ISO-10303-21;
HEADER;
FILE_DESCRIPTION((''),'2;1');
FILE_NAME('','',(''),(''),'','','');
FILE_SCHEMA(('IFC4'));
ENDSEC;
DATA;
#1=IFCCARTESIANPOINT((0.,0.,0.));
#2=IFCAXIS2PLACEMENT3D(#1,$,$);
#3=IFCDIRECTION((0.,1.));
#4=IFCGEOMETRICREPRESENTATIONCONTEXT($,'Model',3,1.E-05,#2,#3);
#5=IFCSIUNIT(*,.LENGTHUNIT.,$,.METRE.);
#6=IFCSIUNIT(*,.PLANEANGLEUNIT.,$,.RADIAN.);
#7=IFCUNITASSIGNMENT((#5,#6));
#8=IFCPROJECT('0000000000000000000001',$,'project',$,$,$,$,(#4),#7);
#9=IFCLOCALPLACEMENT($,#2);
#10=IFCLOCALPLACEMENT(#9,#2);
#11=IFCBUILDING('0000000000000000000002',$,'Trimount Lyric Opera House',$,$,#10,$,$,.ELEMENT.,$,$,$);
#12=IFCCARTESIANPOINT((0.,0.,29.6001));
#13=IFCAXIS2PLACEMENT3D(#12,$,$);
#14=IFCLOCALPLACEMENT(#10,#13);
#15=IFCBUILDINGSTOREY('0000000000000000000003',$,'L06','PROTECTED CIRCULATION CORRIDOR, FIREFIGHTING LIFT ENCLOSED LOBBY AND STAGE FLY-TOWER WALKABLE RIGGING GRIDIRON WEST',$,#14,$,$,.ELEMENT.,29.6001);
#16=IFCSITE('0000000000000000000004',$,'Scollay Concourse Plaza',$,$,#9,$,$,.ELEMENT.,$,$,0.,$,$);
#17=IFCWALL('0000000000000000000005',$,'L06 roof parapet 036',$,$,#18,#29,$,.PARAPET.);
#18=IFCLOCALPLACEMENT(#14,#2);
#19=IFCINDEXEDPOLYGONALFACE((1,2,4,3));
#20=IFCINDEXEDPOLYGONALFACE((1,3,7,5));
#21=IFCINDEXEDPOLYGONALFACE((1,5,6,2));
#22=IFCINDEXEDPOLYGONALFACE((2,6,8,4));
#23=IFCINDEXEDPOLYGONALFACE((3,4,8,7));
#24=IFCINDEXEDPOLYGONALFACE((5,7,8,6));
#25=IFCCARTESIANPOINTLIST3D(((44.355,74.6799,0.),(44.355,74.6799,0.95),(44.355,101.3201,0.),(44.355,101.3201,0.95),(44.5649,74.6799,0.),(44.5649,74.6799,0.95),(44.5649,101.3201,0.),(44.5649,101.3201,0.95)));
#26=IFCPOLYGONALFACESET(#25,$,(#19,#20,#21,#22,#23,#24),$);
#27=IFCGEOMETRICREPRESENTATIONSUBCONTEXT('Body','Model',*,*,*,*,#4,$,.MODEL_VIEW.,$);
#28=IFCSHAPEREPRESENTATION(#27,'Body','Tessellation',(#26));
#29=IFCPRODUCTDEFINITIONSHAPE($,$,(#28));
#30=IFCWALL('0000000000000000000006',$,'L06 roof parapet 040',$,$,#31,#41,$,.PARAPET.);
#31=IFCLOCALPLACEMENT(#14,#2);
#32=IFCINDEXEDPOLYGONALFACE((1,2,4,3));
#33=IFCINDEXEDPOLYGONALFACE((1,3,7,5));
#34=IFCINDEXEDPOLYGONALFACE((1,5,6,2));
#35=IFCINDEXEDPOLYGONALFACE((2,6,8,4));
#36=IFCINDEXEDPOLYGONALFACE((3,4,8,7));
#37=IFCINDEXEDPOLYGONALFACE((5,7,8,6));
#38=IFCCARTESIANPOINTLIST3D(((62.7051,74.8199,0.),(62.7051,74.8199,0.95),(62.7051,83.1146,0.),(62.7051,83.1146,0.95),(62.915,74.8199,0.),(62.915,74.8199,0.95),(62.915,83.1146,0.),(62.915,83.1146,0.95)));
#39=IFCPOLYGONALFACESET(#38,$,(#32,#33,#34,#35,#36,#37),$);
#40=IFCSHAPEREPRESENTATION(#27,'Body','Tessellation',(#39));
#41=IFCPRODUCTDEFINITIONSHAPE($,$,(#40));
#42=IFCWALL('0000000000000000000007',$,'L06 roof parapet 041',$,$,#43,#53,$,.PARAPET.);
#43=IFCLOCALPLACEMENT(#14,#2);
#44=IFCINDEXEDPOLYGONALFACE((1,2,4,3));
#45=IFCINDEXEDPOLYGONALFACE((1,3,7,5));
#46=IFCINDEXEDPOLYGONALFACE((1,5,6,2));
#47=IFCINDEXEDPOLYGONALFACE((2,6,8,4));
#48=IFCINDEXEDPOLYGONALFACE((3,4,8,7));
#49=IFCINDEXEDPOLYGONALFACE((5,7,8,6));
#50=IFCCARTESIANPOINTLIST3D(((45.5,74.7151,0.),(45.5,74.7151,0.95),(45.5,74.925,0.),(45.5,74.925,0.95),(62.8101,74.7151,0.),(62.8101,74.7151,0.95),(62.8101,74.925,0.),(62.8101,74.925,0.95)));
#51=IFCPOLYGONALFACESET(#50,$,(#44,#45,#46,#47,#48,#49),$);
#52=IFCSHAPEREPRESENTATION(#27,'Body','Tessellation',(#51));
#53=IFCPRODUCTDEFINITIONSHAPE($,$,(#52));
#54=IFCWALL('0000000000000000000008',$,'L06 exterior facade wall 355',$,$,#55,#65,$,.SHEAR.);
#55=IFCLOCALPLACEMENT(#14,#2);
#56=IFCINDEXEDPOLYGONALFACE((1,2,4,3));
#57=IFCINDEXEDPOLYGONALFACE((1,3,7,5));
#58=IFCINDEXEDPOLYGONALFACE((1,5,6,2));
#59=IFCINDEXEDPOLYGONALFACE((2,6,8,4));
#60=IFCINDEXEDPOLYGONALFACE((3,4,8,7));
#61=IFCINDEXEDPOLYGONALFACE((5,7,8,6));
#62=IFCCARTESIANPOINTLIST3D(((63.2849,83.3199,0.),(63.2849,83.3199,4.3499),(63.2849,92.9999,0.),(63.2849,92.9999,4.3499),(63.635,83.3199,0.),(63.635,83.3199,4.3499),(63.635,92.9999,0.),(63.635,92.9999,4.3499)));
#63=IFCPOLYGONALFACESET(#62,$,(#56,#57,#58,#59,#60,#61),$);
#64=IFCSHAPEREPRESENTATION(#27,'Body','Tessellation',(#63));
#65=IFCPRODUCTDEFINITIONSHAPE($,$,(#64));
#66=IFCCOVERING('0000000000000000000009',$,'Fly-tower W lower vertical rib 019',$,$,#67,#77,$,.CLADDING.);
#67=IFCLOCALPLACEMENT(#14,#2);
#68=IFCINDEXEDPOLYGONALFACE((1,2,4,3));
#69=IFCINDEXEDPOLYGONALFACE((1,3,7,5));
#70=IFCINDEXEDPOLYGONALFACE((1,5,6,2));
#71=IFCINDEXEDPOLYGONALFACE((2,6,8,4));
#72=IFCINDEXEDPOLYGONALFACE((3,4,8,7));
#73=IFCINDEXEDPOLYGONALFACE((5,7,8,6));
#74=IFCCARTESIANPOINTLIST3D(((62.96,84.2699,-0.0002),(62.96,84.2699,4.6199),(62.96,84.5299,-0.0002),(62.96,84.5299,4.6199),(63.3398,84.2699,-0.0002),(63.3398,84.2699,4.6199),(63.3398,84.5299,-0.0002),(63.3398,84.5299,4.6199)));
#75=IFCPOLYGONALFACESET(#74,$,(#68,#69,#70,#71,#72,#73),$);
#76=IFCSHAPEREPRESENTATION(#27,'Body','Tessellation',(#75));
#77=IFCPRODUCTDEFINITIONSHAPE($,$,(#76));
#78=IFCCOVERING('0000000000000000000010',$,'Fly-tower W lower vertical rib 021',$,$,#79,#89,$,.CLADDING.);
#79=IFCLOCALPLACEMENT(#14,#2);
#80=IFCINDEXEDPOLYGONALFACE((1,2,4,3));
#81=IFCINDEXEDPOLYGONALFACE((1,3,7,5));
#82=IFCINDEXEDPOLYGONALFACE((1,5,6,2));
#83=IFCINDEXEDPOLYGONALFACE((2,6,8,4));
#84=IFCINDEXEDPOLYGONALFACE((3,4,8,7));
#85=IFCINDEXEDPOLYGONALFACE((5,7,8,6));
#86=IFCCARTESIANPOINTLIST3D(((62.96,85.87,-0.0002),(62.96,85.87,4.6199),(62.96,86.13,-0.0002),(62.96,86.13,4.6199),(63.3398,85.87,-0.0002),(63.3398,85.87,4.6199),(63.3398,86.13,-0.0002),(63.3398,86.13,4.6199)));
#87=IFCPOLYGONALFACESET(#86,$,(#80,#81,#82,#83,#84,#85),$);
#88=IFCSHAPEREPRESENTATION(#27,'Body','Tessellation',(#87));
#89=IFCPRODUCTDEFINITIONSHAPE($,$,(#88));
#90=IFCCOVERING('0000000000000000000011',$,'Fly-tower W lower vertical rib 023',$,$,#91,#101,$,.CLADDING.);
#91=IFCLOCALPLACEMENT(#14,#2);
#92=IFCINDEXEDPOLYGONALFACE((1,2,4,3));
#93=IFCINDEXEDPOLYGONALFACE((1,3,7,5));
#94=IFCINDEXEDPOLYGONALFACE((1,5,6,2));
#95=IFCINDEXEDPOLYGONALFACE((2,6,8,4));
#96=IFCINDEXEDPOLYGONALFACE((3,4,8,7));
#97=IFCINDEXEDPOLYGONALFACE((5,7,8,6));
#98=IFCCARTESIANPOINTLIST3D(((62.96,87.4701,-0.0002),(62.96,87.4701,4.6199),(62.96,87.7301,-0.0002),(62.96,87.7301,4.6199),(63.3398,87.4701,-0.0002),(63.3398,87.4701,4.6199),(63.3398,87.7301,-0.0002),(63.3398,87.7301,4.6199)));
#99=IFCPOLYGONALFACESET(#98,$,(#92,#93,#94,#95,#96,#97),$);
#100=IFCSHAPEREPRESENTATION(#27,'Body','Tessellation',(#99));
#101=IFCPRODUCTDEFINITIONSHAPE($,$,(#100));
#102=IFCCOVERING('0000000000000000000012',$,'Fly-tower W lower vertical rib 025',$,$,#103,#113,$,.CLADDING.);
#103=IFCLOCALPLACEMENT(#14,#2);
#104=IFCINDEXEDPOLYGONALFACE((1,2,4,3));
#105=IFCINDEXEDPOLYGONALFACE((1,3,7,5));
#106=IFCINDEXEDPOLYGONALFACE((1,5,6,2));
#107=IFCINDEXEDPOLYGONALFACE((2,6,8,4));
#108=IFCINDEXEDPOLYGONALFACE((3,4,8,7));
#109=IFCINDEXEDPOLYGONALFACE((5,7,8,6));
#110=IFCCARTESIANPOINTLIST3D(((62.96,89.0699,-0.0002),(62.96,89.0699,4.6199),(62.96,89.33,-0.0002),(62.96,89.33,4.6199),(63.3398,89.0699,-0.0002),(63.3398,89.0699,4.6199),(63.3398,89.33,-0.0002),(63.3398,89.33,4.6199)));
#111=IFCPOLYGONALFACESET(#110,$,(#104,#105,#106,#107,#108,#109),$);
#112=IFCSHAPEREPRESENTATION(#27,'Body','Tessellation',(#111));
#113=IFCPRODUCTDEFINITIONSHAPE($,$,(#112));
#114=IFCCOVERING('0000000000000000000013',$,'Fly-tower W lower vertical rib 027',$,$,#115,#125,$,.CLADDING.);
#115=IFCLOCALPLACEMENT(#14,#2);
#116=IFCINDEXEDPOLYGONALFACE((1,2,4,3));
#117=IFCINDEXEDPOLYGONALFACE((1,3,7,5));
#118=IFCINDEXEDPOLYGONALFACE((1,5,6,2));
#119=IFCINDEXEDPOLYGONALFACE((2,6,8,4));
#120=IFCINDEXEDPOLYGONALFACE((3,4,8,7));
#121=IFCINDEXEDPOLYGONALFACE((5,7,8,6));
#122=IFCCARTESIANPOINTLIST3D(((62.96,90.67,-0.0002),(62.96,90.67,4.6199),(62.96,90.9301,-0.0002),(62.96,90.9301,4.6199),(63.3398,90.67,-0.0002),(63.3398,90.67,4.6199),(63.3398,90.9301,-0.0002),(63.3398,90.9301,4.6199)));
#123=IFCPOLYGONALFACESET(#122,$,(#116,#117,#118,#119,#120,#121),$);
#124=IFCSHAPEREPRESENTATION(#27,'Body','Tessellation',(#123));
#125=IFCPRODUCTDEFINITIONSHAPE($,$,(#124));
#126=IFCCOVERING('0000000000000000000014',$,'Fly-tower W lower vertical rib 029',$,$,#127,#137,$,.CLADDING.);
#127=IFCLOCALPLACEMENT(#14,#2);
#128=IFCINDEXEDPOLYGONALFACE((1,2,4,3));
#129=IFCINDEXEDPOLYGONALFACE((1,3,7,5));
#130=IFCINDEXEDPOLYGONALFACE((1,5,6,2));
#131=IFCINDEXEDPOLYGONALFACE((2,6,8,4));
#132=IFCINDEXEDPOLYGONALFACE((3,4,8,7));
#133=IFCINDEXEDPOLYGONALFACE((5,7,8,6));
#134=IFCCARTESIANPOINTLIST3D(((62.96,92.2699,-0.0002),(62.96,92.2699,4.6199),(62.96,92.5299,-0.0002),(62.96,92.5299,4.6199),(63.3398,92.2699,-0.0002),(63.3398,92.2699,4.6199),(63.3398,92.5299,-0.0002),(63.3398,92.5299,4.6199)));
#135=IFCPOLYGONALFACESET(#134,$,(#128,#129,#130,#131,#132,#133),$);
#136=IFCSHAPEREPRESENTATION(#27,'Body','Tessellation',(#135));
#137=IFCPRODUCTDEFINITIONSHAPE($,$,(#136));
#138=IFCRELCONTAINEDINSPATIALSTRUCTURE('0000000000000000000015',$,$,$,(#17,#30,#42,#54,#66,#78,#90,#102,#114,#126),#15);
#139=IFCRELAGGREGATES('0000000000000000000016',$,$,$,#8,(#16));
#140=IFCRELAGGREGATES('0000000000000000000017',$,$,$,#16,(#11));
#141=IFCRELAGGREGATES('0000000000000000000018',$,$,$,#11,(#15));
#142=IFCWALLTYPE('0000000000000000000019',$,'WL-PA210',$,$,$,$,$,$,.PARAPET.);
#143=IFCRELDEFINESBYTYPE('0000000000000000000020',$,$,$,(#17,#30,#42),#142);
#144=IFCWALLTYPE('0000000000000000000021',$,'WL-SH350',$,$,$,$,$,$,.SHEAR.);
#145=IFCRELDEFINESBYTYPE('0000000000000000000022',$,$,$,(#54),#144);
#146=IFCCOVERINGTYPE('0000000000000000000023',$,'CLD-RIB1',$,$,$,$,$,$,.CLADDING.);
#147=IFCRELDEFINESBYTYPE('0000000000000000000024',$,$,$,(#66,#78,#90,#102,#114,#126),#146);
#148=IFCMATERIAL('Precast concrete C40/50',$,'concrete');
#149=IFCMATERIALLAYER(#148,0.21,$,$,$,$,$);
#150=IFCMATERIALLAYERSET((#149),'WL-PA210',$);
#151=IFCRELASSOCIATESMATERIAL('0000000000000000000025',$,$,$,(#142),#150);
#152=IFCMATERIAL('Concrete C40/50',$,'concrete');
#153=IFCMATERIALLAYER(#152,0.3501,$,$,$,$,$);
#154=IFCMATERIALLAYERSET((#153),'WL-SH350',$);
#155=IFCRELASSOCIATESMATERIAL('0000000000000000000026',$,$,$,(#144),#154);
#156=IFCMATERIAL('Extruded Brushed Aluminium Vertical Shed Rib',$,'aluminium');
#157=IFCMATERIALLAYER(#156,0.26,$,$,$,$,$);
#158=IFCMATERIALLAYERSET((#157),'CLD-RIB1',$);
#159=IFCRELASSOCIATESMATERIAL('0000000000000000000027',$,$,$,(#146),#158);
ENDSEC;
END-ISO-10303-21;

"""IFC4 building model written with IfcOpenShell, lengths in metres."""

from ifc_helpers import new_model, si_unit, direction, frame, frame_2d, origin, origin_2d, place, context, subcontext, project, spatial, rectangle, extrude, material, layer, layer_set, type_object, element, save


model = new_model("IFC4")

# Units and contexts
model_context = context("Model", 3, precision=1e-05, world=origin(), true_north=direction((0.0, 1.0)))
body_context = subcontext(model_context, "Body", "Model", "MODEL_VIEW")
ifc_project = project(units=[si_unit("LENGTHUNIT", "METRE"), si_unit("PLANEANGLEUNIT", "RADIAN")], contexts=[model_context])

# Site, building, storey
site_placement = place(None, origin())
site = spatial("IfcSite", under=ifc_project, at=site_placement, Name="Scollay Concourse Plaza", CompositionType="ELEMENT", RefElevation=0.0)
building_placement = place(site_placement, origin())
building = spatial("IfcBuilding", under=site, at=building_placement, Name="Trimount Lyric Opera House", CompositionType="ELEMENT")
storey_placement = place(building_placement, frame((0.0, 0.0, 29.6001)))
storey = spatial("IfcBuildingStorey", under=building, at=storey_placement, Name="L06", Description="PROTECTED CIRCULATION CORRIDOR, FIREFIGHTING LIFT ENCLOSED LOBBY AND STAGE FLY-TOWER WALKABLE RIGGING GRIDIRON WEST", CompositionType="ELEMENT", Elevation=29.6001)

# Walls
ifc_material_1 = material(Name="Precast concrete C40/50", Category="concrete")
ifc_layer_1 = layer(ifc_material_1, 0.21)
ifc_layer_set_1 = layer_set([ifc_layer_1], Name="WL-PA210")
wall_type_1 = type_object("IfcWallType", Name="WL-PA210", PredefinedType="PARAPET", material=ifc_layer_set_1)
wall_1_placement = place(storey_placement, frame((44.46, 74.6799, 0.0), z_axis=(0.0, 0.0, 1.0), x_axis=(0.0, 1.0, 0.0)))
element("IfcWall", 1, at=wall_1_placement, inside=storey, type_object=wall_type_1, Name="L06 roof parapet 036", PredefinedType="PARAPET", context=body_context, shape_type="SweptSolid", body=[
    extrude(rectangle(XDim=26.6401, YDim=0.21, at=frame_2d((13.3201, 0.0))), origin(), (0.0, 0.0, 1.0), 0.95),
])
wall_2_placement = place(storey_placement, frame((62.8101, 83.1147, 0.0), z_axis=(0.0, 0.0, 1.0), x_axis=(0.0, -1.0, 0.0)))
element("IfcWall", 2, at=wall_2_placement, inside=storey, type_object=wall_type_1, Name="L06 roof parapet 040", PredefinedType="PARAPET", context=body_context, shape_type="SweptSolid", body=[
    extrude(rectangle(XDim=8.2947, YDim=0.21, at=frame_2d((4.1475, 0.0))), origin(), (0.0, 0.0, 1.0), 0.95),
])
wall_3_placement = place(storey_placement, frame((62.8101, 74.8201, 0.0), z_axis=(0.0, 0.0, 1.0), x_axis=(-1.0, 0.0, 0.0)))
element("IfcWall", 3, at=wall_3_placement, inside=storey, type_object=wall_type_1, Name="L06 roof parapet 041", PredefinedType="PARAPET", context=body_context, shape_type="SweptSolid", body=[
    extrude(rectangle(XDim=17.3101, YDim=0.21, at=frame_2d((8.655, 0.0))), origin(), (0.0, 0.0, 1.0), 0.95),
])
ifc_material_2 = material(Name="Concrete C40/50", Category="concrete")
ifc_layer_2 = layer(ifc_material_2, 0.3501)
ifc_layer_set_2 = layer_set([ifc_layer_2], Name="WL-SH350")
wall_type_2 = type_object("IfcWallType", Name="WL-SH350", PredefinedType="SHEAR", material=ifc_layer_set_2)
wall_4_placement = place(storey_placement, frame((63.46, 83.3201, 0.0), z_axis=(0.0, 0.0, 1.0), x_axis=(0.0, 1.0, 0.0)))
element("IfcWall", 4, at=wall_4_placement, inside=storey, type_object=wall_type_2, Name="L06 exterior facade wall 355", PredefinedType="SHEAR", context=body_context, shape_type="SweptSolid", body=[
    extrude(rectangle(XDim=9.6799, YDim=0.3501, at=frame_2d((4.8398, 0.0))), origin(), (0.0, 0.0, 1.0), 4.3499),
])

# Coverings
ifc_material_3 = material(Name="Extruded Brushed Aluminium Vertical Shed Rib", Category="aluminium")
ifc_layer_3 = layer(ifc_material_3, 0.26)
ifc_layer_set_3 = layer_set([ifc_layer_3], Name="CLD-RIB1")
covering_type = type_object("IfcCoveringType", Name="CLD-RIB1", PredefinedType="CLADDING", material=ifc_layer_set_3)
for number, where, z_axis, x_axis, name in (
    (5, (63.1499, 84.3999, -0.0002), (0.0, 0.0, 1.0), (1.0, 0.0, 0.0), "Fly-tower W lower vertical rib 019"),
    (6, (63.1499, 86.0, -0.0002), (0.0, 0.0, 1.0), (1.0, 0.0, 0.0), "Fly-tower W lower vertical rib 021"),
    (7, (63.1499, 87.6001, -0.0002), (0.0, 0.0, 1.0), (1.0, 0.0, 0.0), "Fly-tower W lower vertical rib 023"),
    (8, (63.1499, 89.2, -0.0002), (0.0, 0.0, 1.0), (1.0, 0.0, 0.0), "Fly-tower W lower vertical rib 025"),
    (9, (63.1499, 90.8, -0.0002), (0.0, 0.0, 1.0), (1.0, 0.0, 0.0), "Fly-tower W lower vertical rib 027"),
    (10, (63.1499, 92.3999, -0.0002), (0.0, 0.0, 1.0), (1.0, 0.0, 0.0), "Fly-tower W lower vertical rib 029"),
):
    element("IfcCovering", number, at=place(storey_placement, frame(where, z_axis=z_axis, x_axis=x_axis)), inside=storey, type_object=covering_type, Name=name, PredefinedType="CLADDING", context=body_context, shape_type="SweptSolid", body=[
        extrude(rectangle(XDim=0.3799, YDim=0.26, at=origin_2d()), origin(), (0.0, 0.0, 1.0), 4.6201),
    ])

save(model, "model.ifc")
